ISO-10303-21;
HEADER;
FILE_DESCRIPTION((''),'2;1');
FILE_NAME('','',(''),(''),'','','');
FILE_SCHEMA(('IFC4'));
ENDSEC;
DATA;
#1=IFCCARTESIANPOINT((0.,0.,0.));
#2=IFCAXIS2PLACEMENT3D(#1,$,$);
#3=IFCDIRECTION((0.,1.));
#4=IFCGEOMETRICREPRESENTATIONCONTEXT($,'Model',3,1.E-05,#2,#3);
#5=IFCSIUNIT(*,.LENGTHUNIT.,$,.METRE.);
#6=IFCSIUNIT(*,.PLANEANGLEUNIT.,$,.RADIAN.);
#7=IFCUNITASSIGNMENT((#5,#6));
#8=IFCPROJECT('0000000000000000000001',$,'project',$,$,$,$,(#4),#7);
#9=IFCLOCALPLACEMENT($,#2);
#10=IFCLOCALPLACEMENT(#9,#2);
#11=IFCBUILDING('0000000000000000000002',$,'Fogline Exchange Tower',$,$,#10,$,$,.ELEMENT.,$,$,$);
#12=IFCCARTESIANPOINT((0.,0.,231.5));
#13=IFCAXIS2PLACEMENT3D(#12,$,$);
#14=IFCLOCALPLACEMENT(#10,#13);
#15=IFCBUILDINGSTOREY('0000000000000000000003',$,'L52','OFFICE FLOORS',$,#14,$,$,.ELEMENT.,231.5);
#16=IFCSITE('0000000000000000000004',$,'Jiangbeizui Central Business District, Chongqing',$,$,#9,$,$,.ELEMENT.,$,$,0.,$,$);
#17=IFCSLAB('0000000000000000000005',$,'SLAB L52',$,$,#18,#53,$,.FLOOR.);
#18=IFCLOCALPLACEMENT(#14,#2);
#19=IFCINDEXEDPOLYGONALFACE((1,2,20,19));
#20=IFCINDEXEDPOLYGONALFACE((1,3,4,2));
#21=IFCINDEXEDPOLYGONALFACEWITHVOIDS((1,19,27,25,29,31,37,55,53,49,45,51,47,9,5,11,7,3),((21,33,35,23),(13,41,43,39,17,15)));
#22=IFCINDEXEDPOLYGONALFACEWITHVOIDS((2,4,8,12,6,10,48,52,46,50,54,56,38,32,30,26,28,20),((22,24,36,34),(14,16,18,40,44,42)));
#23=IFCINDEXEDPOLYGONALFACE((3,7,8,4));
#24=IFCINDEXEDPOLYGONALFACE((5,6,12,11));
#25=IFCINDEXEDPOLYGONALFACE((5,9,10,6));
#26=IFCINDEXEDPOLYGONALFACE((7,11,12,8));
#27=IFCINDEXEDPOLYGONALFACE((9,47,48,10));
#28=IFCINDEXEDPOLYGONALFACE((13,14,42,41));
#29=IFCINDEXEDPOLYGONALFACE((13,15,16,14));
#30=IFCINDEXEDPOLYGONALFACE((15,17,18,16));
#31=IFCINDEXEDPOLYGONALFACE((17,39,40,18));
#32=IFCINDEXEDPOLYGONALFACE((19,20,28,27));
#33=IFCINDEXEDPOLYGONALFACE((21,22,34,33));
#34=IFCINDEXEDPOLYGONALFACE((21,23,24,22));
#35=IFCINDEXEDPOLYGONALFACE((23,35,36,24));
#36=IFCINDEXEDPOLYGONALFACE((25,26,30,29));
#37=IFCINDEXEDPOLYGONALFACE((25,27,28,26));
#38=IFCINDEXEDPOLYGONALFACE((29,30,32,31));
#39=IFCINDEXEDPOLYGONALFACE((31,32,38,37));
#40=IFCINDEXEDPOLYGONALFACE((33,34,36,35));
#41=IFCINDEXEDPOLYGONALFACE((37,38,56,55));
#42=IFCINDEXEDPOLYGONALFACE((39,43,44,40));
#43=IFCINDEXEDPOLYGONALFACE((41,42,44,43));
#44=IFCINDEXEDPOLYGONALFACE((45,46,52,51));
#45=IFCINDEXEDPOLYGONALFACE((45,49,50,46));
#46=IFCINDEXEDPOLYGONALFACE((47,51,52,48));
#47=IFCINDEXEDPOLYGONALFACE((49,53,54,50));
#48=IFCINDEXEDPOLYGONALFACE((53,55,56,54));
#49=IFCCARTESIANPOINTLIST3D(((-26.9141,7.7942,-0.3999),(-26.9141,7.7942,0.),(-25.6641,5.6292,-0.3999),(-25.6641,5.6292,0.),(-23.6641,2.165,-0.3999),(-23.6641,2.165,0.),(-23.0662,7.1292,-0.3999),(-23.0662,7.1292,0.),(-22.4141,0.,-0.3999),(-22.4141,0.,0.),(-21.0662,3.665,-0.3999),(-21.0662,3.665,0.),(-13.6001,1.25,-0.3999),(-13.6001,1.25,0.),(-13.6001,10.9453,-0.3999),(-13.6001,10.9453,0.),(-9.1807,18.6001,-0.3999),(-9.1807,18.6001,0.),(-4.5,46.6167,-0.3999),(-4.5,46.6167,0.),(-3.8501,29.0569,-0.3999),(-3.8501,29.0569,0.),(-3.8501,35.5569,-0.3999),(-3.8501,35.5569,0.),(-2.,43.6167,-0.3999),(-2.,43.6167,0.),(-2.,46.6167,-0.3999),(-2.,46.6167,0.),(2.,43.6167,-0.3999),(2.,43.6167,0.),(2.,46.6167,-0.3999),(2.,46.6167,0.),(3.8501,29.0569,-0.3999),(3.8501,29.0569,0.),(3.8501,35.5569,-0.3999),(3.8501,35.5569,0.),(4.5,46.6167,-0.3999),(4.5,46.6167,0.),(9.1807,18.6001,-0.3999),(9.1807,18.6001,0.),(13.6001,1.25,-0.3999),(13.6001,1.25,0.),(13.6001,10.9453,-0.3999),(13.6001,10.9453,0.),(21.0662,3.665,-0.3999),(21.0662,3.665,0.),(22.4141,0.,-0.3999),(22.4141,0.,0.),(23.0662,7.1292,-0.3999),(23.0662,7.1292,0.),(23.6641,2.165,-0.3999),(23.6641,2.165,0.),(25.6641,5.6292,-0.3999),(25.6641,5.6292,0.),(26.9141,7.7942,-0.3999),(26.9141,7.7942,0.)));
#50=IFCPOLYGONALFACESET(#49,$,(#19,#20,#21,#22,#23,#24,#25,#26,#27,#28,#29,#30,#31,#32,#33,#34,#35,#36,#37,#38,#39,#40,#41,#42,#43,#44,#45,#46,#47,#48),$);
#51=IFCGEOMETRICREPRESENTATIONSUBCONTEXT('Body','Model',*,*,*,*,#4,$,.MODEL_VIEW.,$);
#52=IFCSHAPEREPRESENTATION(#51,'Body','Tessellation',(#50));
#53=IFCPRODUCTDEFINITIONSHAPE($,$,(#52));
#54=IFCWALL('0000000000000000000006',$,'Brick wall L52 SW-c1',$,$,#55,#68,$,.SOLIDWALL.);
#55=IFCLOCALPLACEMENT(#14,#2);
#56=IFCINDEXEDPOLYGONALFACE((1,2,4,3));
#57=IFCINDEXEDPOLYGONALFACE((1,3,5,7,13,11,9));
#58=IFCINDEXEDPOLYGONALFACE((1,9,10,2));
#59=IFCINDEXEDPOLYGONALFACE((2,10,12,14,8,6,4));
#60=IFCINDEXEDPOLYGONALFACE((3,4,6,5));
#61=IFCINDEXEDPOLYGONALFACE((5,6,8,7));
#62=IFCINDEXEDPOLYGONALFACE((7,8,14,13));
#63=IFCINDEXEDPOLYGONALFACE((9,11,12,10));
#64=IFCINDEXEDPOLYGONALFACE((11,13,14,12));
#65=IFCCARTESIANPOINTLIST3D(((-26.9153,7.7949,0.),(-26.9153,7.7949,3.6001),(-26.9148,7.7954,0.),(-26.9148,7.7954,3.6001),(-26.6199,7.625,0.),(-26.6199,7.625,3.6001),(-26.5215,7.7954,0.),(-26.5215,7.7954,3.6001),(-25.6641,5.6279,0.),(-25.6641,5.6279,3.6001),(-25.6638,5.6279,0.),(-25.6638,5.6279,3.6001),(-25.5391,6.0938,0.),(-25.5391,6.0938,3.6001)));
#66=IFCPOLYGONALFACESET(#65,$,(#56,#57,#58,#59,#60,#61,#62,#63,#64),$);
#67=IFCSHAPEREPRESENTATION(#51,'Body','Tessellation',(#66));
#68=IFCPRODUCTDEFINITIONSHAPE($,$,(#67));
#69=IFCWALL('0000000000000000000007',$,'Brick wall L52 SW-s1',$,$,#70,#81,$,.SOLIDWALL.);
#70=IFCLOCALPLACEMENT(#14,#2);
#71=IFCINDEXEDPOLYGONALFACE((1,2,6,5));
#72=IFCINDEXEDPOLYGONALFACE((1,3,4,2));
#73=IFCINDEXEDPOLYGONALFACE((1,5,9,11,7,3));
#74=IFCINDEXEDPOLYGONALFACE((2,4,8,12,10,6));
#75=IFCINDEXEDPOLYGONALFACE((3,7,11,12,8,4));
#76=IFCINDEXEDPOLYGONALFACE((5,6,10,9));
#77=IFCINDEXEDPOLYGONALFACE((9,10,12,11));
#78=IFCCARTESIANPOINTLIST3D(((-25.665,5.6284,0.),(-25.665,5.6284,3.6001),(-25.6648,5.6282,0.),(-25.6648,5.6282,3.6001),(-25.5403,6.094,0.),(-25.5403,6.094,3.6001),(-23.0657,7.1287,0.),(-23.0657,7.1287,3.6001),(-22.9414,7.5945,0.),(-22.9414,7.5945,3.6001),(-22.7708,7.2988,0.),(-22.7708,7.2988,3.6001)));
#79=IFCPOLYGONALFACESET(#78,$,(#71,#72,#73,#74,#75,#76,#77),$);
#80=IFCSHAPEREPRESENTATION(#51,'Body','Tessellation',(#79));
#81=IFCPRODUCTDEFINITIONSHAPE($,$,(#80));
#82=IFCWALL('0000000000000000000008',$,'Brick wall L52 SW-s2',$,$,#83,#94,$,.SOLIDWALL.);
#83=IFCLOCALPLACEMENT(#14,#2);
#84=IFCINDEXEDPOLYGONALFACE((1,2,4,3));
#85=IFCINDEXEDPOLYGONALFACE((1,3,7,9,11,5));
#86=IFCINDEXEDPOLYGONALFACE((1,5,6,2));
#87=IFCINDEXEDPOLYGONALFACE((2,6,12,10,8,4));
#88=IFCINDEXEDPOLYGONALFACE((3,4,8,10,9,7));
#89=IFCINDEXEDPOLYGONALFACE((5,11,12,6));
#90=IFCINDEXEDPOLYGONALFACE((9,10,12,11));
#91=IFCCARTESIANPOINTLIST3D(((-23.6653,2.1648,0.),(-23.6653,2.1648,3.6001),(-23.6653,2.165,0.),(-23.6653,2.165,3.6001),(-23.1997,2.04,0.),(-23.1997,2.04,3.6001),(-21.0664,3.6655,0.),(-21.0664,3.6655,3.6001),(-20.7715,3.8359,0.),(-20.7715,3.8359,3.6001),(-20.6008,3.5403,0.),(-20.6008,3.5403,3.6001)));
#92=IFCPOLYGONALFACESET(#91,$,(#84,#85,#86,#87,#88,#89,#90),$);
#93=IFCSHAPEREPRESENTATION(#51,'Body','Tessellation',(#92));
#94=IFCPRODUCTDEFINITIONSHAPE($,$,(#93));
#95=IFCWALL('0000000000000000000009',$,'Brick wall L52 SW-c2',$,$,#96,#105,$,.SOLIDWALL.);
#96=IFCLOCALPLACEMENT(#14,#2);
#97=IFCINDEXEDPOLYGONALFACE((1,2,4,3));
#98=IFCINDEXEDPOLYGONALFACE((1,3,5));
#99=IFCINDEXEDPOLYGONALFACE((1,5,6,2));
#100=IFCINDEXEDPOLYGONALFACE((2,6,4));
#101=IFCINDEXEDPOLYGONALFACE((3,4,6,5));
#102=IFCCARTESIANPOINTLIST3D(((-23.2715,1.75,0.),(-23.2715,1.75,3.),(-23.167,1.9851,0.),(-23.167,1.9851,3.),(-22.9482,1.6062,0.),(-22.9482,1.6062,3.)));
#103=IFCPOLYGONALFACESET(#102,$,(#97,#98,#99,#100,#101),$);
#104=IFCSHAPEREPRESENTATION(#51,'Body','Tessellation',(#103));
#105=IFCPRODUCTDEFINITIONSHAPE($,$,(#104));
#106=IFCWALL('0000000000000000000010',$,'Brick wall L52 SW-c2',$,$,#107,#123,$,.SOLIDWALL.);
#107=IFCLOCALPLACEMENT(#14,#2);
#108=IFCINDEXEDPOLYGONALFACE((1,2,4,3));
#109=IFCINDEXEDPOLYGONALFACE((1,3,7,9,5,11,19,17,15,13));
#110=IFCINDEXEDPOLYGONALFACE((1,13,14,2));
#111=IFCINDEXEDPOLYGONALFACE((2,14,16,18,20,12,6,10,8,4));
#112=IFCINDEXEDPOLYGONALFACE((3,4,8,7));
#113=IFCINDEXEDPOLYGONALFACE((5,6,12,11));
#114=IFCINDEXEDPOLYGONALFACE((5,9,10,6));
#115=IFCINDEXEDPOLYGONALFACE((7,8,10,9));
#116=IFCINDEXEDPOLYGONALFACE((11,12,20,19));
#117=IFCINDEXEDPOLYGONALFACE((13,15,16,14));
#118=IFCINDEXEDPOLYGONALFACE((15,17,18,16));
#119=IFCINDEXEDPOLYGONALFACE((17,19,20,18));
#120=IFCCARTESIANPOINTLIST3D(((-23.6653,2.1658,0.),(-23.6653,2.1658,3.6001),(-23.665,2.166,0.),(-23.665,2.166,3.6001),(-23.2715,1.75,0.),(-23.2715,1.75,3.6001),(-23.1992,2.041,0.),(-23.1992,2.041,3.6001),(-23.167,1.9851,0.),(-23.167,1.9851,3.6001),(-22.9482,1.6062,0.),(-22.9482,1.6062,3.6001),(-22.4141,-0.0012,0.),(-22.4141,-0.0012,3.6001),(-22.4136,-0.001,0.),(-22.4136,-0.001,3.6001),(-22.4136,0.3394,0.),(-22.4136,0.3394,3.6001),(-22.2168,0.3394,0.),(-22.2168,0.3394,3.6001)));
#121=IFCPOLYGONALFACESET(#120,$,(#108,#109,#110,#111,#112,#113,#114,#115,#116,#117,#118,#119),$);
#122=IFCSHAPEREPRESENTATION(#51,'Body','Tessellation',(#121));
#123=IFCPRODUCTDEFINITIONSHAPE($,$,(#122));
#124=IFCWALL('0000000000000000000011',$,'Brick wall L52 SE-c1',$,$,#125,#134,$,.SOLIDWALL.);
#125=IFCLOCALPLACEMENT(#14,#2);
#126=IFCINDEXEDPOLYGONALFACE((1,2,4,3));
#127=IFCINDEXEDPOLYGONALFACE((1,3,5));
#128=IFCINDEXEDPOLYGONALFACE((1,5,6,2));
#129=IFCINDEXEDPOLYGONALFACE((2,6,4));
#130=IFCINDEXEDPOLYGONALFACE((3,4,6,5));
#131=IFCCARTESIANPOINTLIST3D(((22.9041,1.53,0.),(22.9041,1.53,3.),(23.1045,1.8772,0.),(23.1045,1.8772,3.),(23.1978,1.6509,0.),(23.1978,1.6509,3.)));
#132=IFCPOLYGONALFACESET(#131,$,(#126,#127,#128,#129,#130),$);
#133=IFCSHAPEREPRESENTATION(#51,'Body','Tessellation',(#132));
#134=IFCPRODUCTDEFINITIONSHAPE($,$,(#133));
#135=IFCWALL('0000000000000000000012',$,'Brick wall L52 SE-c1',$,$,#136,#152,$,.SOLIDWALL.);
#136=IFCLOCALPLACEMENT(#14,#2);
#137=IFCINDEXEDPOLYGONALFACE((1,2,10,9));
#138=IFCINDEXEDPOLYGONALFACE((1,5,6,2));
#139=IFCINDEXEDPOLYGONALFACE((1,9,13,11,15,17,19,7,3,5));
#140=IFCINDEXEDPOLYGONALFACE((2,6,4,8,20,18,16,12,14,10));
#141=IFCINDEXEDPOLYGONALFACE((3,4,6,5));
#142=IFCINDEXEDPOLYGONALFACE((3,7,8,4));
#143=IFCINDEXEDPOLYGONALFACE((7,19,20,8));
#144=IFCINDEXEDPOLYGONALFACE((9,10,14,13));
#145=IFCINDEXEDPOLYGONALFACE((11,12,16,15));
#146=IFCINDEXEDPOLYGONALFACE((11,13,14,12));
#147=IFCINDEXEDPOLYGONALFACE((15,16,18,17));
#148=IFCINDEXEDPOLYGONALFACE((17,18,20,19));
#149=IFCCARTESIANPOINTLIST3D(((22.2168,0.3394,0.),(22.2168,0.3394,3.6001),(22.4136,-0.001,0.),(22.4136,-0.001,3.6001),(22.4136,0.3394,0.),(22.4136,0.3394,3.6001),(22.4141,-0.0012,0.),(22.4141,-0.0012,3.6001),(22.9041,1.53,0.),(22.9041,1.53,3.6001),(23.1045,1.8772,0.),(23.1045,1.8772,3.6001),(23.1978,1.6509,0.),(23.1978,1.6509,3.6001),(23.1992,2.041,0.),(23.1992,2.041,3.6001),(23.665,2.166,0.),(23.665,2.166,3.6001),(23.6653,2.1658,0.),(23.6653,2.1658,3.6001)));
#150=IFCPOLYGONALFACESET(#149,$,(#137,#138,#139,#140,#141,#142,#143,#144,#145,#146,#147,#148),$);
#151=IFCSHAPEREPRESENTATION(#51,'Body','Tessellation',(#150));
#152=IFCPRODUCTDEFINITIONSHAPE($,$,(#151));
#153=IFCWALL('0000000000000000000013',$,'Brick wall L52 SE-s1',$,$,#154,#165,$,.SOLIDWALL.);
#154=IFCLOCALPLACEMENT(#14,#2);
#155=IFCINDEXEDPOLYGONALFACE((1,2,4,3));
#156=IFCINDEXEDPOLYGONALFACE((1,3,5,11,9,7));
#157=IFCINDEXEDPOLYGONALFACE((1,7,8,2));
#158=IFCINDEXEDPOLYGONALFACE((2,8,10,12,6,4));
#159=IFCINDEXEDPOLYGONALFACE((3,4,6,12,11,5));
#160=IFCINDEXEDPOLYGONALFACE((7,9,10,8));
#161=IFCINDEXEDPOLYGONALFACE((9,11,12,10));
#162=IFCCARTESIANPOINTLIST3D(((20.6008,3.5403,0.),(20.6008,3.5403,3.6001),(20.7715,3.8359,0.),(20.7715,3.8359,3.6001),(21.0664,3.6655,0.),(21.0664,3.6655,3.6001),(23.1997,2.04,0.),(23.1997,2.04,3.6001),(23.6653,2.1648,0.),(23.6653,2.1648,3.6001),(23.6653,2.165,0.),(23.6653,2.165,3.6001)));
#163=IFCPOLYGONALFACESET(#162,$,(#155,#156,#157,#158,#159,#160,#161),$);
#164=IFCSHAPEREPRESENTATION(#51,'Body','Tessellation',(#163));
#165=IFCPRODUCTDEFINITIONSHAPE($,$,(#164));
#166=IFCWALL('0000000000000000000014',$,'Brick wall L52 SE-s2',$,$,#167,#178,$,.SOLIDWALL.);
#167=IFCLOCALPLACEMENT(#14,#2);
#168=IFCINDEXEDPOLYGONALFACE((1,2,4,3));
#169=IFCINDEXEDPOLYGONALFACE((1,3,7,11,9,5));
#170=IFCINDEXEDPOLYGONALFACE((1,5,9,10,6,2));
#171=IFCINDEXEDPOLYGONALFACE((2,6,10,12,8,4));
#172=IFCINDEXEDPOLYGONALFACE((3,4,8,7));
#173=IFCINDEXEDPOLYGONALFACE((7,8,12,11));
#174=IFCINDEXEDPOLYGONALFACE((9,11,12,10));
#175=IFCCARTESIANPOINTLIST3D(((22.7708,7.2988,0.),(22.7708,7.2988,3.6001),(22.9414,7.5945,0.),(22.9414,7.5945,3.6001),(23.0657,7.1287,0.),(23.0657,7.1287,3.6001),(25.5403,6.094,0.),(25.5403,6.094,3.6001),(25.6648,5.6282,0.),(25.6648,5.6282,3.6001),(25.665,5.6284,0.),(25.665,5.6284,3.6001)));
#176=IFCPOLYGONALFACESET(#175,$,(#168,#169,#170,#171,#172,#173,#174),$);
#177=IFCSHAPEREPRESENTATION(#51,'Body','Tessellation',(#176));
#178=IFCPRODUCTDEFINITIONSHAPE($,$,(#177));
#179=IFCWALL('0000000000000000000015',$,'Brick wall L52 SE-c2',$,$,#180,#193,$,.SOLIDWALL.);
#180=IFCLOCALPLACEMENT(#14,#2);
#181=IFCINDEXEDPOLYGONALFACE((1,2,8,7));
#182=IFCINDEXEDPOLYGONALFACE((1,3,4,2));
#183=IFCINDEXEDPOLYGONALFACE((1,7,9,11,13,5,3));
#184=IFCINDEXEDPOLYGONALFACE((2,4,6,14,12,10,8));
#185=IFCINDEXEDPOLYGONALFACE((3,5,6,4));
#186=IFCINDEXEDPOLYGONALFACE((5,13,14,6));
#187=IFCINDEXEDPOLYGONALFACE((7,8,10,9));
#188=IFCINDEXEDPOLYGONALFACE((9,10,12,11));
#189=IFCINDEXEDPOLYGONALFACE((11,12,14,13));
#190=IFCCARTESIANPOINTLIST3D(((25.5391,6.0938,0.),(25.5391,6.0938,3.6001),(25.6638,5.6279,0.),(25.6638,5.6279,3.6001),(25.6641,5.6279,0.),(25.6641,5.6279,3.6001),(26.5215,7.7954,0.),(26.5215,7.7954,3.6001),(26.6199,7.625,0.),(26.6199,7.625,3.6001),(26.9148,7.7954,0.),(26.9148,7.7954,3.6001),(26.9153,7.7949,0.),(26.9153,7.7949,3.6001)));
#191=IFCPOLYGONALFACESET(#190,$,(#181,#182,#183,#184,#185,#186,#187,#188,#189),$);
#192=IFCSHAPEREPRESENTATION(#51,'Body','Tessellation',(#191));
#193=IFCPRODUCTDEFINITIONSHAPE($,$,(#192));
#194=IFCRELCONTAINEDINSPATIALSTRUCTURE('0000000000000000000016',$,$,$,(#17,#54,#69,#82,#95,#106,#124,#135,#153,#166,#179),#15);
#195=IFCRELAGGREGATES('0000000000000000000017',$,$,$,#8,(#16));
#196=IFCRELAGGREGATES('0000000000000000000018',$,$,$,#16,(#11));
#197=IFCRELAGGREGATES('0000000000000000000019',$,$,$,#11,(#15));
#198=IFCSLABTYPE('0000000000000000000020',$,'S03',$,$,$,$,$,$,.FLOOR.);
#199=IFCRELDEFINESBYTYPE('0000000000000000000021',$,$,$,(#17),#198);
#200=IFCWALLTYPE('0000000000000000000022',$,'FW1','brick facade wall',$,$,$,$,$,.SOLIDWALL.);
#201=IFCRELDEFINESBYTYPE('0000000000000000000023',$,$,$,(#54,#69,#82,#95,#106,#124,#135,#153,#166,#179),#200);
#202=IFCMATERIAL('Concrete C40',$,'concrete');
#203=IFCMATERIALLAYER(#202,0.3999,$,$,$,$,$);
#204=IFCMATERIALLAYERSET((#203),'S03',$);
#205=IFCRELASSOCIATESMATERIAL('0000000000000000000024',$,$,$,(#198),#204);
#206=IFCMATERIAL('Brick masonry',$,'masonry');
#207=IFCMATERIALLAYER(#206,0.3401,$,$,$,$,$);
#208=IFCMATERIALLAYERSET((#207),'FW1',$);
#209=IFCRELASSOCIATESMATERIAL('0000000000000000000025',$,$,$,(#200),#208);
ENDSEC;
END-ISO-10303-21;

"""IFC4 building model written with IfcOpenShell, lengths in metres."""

from ifc_helpers import new_model, si_unit, direction, frame, origin, place, context, subcontext, project, spatial, polyline, outline, extrude, material, layer, layer_set, type_object, element, save


model = new_model("IFC4")

# Units and contexts
model_context = context("Model", 3, precision=1e-05, world=origin(), true_north=direction((0.0, 1.0)))
body_context = subcontext(model_context, "Body", "Model", "MODEL_VIEW")
ifc_project = project(units=[si_unit("LENGTHUNIT", "METRE"), si_unit("PLANEANGLEUNIT", "RADIAN")], contexts=[model_context])

# Site, building, storey
site_placement = place(None, origin())
site = spatial("IfcSite", under=ifc_project, at=site_placement, Name="Jiangbeizui Central Business District, Chongqing", CompositionType="ELEMENT", RefElevation=0.0)
building_placement = place(site_placement, origin())
building = spatial("IfcBuilding", under=site, at=building_placement, Name="Fogline Exchange Tower", CompositionType="ELEMENT")
storey_placement = place(building_placement, frame((0.0, 0.0, 231.5)))
storey = spatial("IfcBuildingStorey", under=building, at=storey_placement, Name="L52", Description="OFFICE FLOORS", CompositionType="ELEMENT", Elevation=231.5)

# Slab
ifc_material_1 = material(Name="Concrete C40", Category="concrete")
ifc_layer_1 = layer(ifc_material_1, 0.3999)
ifc_layer_set_1 = layer_set([ifc_layer_1], Name="S03")
slab_type = type_object("IfcSlabType", Name="S03", PredefinedType="FLOOR", material=ifc_layer_set_1)
slab_placement = place(storey_placement, frame((0.0, 0.0, -0.3999)))
element("IfcSlab", 1, at=slab_placement, inside=storey, type_object=slab_type, Name="SLAB L52", PredefinedType="FLOOR", context=body_context, shape_type="SweptSolid", body=[
    extrude(outline(polyline([(-2.0, 46.6167), (-4.5, 46.6167), (-26.9141, 7.7942), (-25.6641, 5.6292), (-23.0662, 7.1292), (-21.0662, 3.665), (-23.6641, 2.165), (-22.4141, 0.0), (22.4141, 0.0), (23.6641, 2.165), (21.0662, 3.665), (23.0662, 7.1292), (25.6641, 5.6292), (26.9141, 7.7942), (4.5, 46.6167), (2.0, 46.6167), (2.0, 43.6167), (-2.0, 43.6167), (-2.0, 46.6167)]), holes=[polyline([(13.6001, 10.9453), (13.6001, 1.25), (-13.6001, 1.25), (-13.6001, 10.9453), (-9.1807, 18.6001), (9.1807, 18.6001), (13.6001, 10.9453)]), polyline([(3.8501, 35.5569), (3.8501, 29.0569), (-3.8501, 29.0569), (-3.8501, 35.5569), (3.8501, 35.5569)])]), origin(), (0.0, 0.0, 1.0), 0.3999),
])

# Walls
ifc_material_2 = material(Name="Brick masonry", Category="masonry")
ifc_layer_2 = layer(ifc_material_2, 0.3401)
ifc_layer_set_2 = layer_set([ifc_layer_2], Name="FW1")
wall_type = type_object("IfcWallType", Name="FW1", Description="brick facade wall", PredefinedType="SOLIDWALL", material=ifc_layer_set_2)
wall_1_placement = place(storey_placement, origin())
element("IfcWall", 2, at=wall_1_placement, inside=storey, type_object=wall_type, Name="Brick wall L52 SW-c1", PredefinedType="SOLIDWALL", context=body_context, shape_type="SweptSolid", body=[
    extrude(outline(polyline([(-25.6641, 5.6279), (-26.9153, 7.7949), (-26.9148, 7.7954), (-26.6199, 7.625), (-26.5215, 7.7954), (-25.5391, 6.0938), (-25.6638, 5.6279), (-25.6641, 5.6279)])), origin(), (0.0, 0.0, 1.0), 3.6001),
])
wall_2_placement = place(storey_placement, origin())
element("IfcWall", 3, at=wall_2_placement, inside=storey, type_object=wall_type, Name="Brick wall L52 SW-s1", PredefinedType="SOLIDWALL", context=body_context, shape_type="SweptSolid", body=[
    extrude(outline(polyline([(-22.9414, 7.5945), (-22.7708, 7.2988), (-23.0657, 7.1287), (-25.6648, 5.6282), (-25.665, 5.6284), (-25.5403, 6.094), (-22.9414, 7.5945)])), origin(), (0.0, 0.0, 1.0), 3.6001),
])
wall_3_placement = place(storey_placement, origin())
element("IfcWall", 4, at=wall_3_placement, inside=storey, type_object=wall_type, Name="Brick wall L52 SW-s2", PredefinedType="SOLIDWALL", context=body_context, shape_type="SweptSolid", body=[
    extrude(outline(polyline([(-23.6653, 2.165), (-21.0664, 3.6655), (-20.7715, 3.8359), (-20.6008, 3.5403), (-23.1997, 2.04), (-23.6653, 2.1648), (-23.6653, 2.165)])), origin(), (0.0, 0.0, 1.0), 3.6001),
])
wall_4_placement = place(storey_placement, origin())
element("IfcWall", 5, at=wall_4_placement, inside=storey, type_object=wall_type, Name="Brick wall L52 SW-c2", PredefinedType="SOLIDWALL", context=body_context, shape_type="SweptSolid", body=[
    extrude(outline(polyline([(-22.9482, 1.6062), (-23.2715, 1.75), (-23.167, 1.9851), (-22.9482, 1.6062)])), origin(), (0.0, 0.0, 1.0), 3.0),
])
wall_5_placement = place(storey_placement, origin())
element("IfcWall", 6, at=wall_5_placement, inside=storey, type_object=wall_type, Name="Brick wall L52 SW-c2", PredefinedType="SOLIDWALL", context=body_context, shape_type="SweptSolid", body=[
    extrude(outline(polyline([(-22.4136, 0.3394), (-22.4136, -0.001), (-22.4141, -0.0012), (-23.6653, 2.1658), (-23.665, 2.166), (-23.1992, 2.041), (-23.167, 1.9851), (-23.2715, 1.75), (-22.9482, 1.6062), (-22.2168, 0.3394), (-22.4136, 0.3394)])), origin(), (0.0, 0.0, 1.0), 3.6001),
])
wall_6_placement = place(storey_placement, origin())
element("IfcWall", 7, at=wall_6_placement, inside=storey, type_object=wall_type, Name="Brick wall L52 SE-c1", PredefinedType="SOLIDWALL", context=body_context, shape_type="SweptSolid", body=[
    extrude(outline(polyline([(23.1045, 1.8772), (23.1978, 1.6509), (22.9041, 1.53), (23.1045, 1.8772)])), origin(), (0.0, 0.0, 1.0), 3.0),
])
wall_7_placement = place(storey_placement, origin())
element("IfcWall", 8, at=wall_7_placement, inside=storey, type_object=wall_type, Name="Brick wall L52 SE-c1", PredefinedType="SOLIDWALL", context=body_context, shape_type="SweptSolid", body=[
    extrude(outline(polyline([(22.4141, -0.0012), (22.4136, -0.001), (22.4136, 0.3394), (22.2168, 0.3394), (22.9041, 1.53), (23.1978, 1.6509), (23.1045, 1.8772), (23.1992, 2.041), (23.665, 2.166), (23.6653, 2.1658), (22.4141, -0.0012)])), origin(), (0.0, 0.0, 1.0), 3.6001),
])
wall_8_placement = place(storey_placement, origin())
element("IfcWall", 9, at=wall_8_placement, inside=storey, type_object=wall_type, Name="Brick wall L52 SE-s1", PredefinedType="SOLIDWALL", context=body_context, shape_type="SweptSolid", body=[
    extrude(outline(polyline([(20.6008, 3.5403), (20.7715, 3.8359), (21.0664, 3.6655), (23.6653, 2.165), (23.6653, 2.1648), (23.1997, 2.04), (20.6008, 3.5403)])), origin(), (0.0, 0.0, 1.0), 3.6001),
])
wall_9_placement = place(storey_placement, origin())
element("IfcWall", 10, at=wall_9_placement, inside=storey, type_object=wall_type, Name="Brick wall L52 SE-s2", PredefinedType="SOLIDWALL", context=body_context, shape_type="SweptSolid", body=[
    extrude(outline(polyline([(25.6648, 5.6282), (23.0657, 7.1287), (22.7708, 7.2988), (22.9414, 7.5945), (25.5403, 6.094), (25.665, 5.6284), (25.6648, 5.6282)])), origin(), (0.0, 0.0, 1.0), 3.6001),
])
wall_10_placement = place(storey_placement, origin())
element("IfcWall", 11, at=wall_10_placement, inside=storey, type_object=wall_type, Name="Brick wall L52 SE-c2", PredefinedType="SOLIDWALL", context=body_context, shape_type="SweptSolid", body=[
    extrude(outline(polyline([(26.5215, 7.7954), (26.6199, 7.625), (26.9148, 7.7954), (26.9153, 7.7949), (25.6641, 5.6279), (25.6638, 5.6279), (25.5391, 6.0938), (26.5215, 7.7954)])), origin(), (0.0, 0.0, 1.0), 3.6001),
])

save(model, "model.ifc")
